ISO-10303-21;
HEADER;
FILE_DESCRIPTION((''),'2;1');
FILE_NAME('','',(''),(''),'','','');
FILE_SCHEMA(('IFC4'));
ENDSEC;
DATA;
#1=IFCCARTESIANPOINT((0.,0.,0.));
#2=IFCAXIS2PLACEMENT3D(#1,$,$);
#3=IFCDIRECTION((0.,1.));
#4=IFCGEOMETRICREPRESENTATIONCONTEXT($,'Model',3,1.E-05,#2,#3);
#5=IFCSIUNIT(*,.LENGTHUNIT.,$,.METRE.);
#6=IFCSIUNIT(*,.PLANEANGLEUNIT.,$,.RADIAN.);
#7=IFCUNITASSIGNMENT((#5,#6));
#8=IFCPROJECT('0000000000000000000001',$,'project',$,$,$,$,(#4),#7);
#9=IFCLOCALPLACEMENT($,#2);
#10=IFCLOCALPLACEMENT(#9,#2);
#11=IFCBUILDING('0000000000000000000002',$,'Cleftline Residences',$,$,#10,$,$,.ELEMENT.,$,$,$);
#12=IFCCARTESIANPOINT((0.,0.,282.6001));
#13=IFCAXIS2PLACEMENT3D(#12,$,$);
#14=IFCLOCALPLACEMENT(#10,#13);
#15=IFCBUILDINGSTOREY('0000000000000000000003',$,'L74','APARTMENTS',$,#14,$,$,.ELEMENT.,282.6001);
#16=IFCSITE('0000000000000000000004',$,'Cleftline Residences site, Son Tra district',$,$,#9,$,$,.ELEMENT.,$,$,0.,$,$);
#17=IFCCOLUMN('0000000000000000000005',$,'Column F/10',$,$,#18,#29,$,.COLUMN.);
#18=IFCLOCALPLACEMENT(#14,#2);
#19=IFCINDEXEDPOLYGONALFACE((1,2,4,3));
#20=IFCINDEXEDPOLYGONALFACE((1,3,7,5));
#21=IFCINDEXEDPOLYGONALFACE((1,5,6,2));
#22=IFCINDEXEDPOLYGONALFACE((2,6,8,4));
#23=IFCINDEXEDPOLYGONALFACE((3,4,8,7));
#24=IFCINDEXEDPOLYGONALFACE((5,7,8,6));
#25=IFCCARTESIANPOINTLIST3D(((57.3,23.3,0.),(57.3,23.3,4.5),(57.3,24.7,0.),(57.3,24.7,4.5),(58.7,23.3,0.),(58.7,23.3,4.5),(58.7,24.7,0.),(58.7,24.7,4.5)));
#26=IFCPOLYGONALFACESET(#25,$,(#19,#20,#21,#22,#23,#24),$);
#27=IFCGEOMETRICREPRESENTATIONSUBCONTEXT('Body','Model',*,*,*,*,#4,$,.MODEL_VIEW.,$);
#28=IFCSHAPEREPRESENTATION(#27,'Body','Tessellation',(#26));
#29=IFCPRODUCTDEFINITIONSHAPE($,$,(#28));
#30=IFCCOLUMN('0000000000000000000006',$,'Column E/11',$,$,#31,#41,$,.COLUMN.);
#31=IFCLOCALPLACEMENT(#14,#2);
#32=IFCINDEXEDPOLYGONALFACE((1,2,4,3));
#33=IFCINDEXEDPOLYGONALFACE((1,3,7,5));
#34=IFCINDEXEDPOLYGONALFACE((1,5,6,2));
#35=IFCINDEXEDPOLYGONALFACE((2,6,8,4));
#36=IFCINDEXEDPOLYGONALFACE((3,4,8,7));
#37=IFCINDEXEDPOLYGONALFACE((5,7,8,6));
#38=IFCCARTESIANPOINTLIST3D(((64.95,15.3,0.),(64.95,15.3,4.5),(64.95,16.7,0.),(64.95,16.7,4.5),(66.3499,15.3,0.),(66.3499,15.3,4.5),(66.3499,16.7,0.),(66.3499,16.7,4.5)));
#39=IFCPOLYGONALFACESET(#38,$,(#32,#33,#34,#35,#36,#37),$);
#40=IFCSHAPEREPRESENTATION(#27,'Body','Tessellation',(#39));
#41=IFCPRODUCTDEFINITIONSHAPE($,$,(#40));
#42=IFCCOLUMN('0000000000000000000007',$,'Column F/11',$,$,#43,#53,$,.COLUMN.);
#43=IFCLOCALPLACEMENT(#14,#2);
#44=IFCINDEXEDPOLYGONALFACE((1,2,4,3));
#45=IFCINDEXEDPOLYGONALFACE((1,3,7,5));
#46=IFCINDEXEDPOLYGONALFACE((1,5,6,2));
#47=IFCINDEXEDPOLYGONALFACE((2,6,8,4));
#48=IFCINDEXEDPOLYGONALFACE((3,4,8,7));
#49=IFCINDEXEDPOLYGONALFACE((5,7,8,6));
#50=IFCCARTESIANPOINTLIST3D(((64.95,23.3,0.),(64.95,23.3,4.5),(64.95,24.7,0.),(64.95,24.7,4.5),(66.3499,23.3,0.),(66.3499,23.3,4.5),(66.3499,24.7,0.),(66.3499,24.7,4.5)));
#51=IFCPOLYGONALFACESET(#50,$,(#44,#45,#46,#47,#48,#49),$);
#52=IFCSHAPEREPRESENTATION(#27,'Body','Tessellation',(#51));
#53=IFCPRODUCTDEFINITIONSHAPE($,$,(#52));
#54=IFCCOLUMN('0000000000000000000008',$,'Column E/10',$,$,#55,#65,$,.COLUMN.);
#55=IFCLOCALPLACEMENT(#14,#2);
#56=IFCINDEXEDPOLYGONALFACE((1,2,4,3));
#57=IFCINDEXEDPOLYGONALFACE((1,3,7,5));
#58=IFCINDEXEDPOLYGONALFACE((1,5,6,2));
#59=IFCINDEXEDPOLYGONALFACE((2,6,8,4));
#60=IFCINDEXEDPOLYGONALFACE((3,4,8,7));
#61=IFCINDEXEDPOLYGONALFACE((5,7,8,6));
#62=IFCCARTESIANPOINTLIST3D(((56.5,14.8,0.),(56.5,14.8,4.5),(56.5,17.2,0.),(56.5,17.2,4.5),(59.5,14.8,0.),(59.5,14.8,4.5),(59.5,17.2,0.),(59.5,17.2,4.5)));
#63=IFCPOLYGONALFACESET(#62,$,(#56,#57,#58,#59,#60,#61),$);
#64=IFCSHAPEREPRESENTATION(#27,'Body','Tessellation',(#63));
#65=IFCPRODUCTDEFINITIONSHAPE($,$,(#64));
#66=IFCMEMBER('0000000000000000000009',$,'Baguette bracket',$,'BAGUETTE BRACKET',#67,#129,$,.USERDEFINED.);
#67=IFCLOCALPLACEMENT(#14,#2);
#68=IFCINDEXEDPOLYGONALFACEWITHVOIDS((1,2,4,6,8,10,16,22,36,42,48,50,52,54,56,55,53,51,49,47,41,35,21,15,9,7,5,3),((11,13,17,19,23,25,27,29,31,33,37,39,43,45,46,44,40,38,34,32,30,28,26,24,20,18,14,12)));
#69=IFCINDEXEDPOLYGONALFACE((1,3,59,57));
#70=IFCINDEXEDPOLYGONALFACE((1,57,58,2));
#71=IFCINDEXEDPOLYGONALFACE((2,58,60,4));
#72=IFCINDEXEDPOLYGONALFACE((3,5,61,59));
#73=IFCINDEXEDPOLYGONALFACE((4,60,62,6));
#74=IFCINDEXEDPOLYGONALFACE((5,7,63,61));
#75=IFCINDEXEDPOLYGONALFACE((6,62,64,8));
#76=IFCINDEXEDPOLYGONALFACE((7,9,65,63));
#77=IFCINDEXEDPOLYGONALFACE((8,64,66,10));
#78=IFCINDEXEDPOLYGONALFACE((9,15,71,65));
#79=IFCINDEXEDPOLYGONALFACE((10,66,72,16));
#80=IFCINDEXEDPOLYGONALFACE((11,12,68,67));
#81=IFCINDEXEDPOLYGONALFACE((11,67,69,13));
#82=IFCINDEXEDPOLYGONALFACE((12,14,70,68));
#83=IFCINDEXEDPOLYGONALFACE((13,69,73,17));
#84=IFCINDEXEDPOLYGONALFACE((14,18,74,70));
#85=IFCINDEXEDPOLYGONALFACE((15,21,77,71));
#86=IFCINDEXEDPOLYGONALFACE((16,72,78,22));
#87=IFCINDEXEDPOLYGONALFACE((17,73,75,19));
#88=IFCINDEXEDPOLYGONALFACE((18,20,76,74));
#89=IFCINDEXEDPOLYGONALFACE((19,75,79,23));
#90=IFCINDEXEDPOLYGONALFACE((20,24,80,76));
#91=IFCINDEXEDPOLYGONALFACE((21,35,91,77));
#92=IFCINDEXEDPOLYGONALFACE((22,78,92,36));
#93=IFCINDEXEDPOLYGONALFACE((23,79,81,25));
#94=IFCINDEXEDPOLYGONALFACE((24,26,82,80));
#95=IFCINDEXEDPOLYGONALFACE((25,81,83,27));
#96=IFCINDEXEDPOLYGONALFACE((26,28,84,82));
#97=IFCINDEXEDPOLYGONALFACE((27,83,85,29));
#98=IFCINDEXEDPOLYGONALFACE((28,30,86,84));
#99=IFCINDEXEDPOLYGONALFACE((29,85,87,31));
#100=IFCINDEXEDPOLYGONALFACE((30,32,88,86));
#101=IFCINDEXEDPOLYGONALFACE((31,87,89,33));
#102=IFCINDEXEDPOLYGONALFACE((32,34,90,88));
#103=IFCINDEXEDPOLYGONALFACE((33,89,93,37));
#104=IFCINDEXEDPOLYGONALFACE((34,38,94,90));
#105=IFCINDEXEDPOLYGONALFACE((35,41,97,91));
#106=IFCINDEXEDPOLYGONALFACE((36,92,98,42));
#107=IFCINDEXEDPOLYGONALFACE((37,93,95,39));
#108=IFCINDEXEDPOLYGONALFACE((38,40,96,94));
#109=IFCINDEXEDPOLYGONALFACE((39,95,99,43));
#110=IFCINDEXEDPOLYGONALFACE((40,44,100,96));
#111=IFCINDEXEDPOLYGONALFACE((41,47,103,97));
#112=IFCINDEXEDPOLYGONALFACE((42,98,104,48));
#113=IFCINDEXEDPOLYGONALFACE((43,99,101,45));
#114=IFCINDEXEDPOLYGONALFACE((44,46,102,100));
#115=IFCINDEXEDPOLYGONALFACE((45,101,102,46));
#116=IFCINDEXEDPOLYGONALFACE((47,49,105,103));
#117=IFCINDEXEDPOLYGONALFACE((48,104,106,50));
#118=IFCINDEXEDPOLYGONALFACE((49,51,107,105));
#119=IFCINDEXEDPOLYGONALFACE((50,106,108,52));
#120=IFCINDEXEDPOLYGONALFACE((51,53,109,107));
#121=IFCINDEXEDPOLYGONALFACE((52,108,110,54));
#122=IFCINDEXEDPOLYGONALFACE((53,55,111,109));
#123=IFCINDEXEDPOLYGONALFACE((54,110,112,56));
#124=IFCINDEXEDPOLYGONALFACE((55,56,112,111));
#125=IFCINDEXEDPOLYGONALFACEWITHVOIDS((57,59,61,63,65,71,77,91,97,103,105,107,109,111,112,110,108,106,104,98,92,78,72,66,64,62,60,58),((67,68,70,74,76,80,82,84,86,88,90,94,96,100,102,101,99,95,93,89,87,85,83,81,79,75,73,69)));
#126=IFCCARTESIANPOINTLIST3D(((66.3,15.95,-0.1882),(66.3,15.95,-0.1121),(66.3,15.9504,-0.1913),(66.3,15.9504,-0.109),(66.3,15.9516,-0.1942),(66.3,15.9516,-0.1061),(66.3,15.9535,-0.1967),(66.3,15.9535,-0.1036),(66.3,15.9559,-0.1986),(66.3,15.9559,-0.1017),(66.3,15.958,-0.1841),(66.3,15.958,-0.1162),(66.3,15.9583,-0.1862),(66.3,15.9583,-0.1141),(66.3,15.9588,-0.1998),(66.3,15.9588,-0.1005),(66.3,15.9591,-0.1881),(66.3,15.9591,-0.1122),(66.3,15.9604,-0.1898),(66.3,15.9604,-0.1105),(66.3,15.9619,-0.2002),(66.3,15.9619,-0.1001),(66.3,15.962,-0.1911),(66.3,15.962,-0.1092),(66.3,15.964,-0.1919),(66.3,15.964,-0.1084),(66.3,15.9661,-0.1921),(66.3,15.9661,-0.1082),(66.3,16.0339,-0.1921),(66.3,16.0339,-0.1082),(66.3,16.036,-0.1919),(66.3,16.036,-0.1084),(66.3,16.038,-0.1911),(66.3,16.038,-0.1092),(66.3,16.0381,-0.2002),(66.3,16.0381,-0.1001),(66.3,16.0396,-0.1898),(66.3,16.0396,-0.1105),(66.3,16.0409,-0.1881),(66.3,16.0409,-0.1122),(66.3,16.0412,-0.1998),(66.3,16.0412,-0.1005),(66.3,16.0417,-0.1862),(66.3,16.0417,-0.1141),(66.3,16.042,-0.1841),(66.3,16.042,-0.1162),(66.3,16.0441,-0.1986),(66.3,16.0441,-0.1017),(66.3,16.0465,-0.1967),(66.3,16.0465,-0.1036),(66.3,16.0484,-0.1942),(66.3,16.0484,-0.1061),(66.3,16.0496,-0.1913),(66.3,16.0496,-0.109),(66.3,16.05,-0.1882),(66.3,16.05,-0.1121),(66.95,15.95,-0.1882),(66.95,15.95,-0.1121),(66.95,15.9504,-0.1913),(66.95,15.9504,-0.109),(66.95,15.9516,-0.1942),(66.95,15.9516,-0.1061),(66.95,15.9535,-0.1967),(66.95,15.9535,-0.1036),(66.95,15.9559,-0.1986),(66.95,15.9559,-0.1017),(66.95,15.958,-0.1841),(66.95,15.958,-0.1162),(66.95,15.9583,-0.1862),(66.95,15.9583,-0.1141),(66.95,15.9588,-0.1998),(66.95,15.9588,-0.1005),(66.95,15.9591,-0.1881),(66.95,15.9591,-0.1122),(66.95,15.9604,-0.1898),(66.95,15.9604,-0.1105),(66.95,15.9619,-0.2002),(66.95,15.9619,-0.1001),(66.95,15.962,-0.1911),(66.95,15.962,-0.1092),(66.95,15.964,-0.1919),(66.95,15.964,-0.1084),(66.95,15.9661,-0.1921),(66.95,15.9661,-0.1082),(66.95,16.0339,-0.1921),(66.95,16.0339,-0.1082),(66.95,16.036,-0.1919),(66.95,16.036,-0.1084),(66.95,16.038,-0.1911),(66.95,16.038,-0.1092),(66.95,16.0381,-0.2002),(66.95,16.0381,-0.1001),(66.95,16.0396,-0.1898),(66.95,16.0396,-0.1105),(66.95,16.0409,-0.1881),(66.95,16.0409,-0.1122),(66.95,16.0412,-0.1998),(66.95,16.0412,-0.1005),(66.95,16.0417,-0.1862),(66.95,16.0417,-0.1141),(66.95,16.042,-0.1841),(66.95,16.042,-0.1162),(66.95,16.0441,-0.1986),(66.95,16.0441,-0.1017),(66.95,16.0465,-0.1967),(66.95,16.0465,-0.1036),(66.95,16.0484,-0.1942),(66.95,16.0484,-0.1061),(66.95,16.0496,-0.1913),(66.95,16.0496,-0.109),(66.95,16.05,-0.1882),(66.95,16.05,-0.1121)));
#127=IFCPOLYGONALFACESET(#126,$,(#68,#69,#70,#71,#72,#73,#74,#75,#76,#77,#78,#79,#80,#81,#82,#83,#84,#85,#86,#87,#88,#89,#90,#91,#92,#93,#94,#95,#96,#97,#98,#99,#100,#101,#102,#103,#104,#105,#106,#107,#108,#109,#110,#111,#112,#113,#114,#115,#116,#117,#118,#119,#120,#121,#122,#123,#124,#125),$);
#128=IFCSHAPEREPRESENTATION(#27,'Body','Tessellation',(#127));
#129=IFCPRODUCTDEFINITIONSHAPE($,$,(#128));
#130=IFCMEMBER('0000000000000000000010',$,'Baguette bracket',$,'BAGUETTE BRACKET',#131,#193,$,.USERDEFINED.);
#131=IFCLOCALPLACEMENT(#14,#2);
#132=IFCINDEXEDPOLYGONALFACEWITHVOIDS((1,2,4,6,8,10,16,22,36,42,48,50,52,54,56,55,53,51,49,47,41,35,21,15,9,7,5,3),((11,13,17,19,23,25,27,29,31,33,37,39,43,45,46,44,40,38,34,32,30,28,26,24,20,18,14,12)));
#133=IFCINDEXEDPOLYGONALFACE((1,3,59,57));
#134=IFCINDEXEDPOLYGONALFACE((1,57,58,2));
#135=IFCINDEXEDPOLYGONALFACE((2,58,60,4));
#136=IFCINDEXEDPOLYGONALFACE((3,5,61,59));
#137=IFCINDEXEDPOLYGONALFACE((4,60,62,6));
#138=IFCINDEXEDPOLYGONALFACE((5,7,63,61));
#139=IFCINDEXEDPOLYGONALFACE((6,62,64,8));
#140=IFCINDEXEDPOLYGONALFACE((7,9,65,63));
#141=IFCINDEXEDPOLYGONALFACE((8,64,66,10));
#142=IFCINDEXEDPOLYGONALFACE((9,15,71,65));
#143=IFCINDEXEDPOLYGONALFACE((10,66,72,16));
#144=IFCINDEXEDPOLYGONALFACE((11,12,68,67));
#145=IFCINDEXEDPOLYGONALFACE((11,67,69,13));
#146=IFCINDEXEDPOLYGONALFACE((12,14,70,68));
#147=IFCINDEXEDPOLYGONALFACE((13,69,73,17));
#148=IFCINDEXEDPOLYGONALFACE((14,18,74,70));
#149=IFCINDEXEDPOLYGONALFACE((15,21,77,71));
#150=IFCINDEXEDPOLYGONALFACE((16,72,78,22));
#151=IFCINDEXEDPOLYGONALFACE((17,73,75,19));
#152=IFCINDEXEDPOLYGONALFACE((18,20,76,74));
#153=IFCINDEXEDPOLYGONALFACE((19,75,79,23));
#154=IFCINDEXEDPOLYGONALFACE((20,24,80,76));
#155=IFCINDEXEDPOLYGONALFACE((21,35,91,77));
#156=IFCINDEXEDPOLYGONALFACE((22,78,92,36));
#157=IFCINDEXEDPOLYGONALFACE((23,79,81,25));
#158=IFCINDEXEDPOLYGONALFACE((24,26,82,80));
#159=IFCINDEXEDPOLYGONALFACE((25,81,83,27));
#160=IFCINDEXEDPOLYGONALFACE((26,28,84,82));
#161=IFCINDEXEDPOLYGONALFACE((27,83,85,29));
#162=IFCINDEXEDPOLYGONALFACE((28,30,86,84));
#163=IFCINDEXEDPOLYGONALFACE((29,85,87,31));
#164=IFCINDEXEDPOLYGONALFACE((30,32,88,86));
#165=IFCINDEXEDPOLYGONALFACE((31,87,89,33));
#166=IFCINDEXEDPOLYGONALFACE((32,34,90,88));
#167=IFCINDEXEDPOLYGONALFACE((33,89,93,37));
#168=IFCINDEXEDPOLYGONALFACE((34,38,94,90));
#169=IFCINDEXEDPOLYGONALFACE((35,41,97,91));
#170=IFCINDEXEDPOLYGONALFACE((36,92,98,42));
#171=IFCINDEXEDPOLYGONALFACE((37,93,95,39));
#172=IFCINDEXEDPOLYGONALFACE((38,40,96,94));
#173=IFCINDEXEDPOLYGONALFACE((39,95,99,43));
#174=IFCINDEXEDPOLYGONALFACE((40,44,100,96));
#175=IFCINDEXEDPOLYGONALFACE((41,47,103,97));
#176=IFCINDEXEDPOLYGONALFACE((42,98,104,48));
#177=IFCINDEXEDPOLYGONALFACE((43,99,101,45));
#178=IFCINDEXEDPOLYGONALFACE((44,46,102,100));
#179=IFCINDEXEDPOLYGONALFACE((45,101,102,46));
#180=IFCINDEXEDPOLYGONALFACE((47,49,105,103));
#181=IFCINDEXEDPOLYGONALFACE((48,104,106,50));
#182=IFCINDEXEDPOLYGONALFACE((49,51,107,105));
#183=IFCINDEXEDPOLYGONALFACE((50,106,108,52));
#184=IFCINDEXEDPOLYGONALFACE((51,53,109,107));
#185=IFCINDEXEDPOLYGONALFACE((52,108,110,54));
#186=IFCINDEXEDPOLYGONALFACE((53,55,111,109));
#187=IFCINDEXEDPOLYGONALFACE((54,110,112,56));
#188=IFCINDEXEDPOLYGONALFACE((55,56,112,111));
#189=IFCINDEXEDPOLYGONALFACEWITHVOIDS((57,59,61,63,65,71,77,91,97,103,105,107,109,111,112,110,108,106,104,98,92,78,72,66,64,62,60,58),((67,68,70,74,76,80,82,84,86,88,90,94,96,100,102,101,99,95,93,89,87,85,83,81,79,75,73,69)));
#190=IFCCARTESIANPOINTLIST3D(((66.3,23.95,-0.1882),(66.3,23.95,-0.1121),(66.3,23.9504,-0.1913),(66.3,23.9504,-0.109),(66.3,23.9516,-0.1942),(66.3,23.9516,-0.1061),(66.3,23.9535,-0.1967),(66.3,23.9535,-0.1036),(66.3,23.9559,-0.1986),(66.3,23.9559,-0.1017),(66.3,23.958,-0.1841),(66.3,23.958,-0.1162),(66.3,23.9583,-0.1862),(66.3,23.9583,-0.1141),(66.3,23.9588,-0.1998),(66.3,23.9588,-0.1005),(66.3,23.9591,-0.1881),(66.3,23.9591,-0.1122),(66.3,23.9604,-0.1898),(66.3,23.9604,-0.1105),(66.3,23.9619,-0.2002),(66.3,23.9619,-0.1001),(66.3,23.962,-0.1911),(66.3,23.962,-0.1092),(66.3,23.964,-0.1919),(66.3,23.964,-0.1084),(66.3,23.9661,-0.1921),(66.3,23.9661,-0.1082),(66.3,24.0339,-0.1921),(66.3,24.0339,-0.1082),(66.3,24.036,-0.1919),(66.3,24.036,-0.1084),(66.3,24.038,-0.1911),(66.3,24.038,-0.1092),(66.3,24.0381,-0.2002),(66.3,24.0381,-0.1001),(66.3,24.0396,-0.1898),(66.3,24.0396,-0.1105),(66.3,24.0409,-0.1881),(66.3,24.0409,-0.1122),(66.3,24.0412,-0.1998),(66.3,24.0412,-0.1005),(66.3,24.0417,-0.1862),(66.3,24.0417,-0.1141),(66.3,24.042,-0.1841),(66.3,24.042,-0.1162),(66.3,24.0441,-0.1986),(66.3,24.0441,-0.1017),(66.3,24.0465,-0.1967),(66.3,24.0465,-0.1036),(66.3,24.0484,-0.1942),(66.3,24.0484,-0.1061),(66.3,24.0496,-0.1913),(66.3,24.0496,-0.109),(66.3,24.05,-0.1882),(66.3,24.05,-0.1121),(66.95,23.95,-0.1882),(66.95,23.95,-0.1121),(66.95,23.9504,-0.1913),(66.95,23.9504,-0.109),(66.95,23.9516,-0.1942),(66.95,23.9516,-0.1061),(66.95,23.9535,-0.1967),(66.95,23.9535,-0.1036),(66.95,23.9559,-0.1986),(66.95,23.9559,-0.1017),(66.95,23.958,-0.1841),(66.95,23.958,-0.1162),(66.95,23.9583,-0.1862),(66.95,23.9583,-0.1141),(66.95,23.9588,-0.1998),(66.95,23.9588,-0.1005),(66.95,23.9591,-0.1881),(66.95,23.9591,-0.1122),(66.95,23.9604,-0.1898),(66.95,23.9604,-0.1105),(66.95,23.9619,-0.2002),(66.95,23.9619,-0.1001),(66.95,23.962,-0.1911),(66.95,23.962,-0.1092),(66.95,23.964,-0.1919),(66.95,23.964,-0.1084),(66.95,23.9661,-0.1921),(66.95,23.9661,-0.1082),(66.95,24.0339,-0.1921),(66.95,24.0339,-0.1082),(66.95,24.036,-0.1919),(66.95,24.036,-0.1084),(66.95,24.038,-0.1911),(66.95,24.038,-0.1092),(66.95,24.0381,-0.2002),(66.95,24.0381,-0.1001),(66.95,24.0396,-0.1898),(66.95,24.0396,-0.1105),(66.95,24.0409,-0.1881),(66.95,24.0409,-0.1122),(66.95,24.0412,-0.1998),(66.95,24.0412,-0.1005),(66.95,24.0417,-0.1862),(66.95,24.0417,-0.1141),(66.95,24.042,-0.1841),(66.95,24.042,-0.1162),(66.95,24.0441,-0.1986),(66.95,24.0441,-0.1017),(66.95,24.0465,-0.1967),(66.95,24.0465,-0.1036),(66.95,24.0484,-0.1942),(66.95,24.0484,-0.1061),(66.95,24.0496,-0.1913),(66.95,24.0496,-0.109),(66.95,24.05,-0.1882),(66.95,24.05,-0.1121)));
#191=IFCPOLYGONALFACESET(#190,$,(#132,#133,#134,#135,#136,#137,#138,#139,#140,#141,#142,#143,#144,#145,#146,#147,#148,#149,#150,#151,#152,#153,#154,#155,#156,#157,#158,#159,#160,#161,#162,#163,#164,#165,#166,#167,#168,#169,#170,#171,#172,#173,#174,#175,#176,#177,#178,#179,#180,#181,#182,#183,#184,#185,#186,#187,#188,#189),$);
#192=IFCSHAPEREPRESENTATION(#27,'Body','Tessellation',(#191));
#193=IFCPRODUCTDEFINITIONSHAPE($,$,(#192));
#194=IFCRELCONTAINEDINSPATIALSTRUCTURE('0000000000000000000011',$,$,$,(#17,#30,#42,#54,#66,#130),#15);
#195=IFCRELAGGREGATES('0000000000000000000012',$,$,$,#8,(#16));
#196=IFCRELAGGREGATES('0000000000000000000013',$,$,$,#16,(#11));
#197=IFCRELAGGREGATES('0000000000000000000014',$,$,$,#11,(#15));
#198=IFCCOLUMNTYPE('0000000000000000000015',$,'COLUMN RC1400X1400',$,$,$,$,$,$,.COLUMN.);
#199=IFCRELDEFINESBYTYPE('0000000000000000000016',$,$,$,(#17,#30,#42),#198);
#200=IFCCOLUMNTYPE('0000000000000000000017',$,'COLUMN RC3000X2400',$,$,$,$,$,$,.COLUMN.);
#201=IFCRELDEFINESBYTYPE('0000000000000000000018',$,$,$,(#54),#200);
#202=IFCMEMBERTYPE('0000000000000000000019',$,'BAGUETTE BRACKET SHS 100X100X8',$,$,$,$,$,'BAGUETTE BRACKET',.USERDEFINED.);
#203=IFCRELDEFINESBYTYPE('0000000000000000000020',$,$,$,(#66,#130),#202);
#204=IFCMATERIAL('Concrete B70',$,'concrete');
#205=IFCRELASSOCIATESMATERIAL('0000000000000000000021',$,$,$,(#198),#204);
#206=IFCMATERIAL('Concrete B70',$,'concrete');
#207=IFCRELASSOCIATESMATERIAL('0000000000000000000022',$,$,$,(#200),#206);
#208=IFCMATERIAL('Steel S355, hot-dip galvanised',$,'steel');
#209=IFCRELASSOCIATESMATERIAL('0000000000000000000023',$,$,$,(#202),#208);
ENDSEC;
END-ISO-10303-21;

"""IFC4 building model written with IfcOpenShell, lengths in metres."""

from ifc_helpers import new_model, si_unit, direction, frame, origin, origin_2d, place, context, subcontext, project, spatial, rectangle, hollow_rectangle, extrude, material, material_profile, profile_set, type_object, element, save


model = new_model("IFC4")

# Units and contexts
model_context = context("Model", 3, precision=1e-05, world=origin(), true_north=direction((0.0, 1.0)))
body_context = subcontext(model_context, "Body", "Model", "MODEL_VIEW")
ifc_project = project(units=[si_unit("LENGTHUNIT", "METRE"), si_unit("PLANEANGLEUNIT", "RADIAN")], contexts=[model_context])

# Site, building, storey
site_placement = place(None, origin())
site = spatial("IfcSite", under=ifc_project, at=site_placement, Name="Cleftline Residences site, Son Tra district", CompositionType="ELEMENT", RefElevation=0.0)
building_placement = place(site_placement, origin())
building = spatial("IfcBuilding", under=site, at=building_placement, Name="Cleftline Residences", CompositionType="ELEMENT")
storey_placement = place(building_placement, frame((0.0, 0.0, 282.6001)))
storey = spatial("IfcBuildingStorey", under=building, at=storey_placement, Name="L74", Description="APARTMENTS", CompositionType="ELEMENT", Elevation=282.6001)

# Columns
ifc_material_1 = material(Name="Concrete B70", Category="concrete")
ifc_material_profile_1 = material_profile(ifc_material_1, rectangle(XDim=1.3999, YDim=1.3999, at=origin_2d()))
ifc_profile_set_1 = profile_set([ifc_material_profile_1], Name="Concrete B70")
column_type_1 = type_object("IfcColumnType", Name="COLUMN RC1400X1400", PredefinedType="COLUMN", material=ifc_profile_set_1)
for number, where, z_axis, x_axis, name in (
    (1, (58.0, 24.0, 0.0), (0.0, 0.0, 1.0), (1.0, 0.0, 0.0), "Column F/10"),
    (2, (65.6499, 16.0, 0.0), (0.0, 0.0, 1.0), (1.0, 0.0, 0.0), "Column E/11"),
    (3, (65.6499, 24.0, 0.0), (0.0, 0.0, 1.0), (1.0, 0.0, 0.0), "Column F/11"),
):
    element("IfcColumn", number, at=place(storey_placement, frame(where, z_axis=z_axis, x_axis=x_axis)), inside=storey, type_object=column_type_1, Name=name, PredefinedType="COLUMN", context=body_context, shape_type="SweptSolid", body=[
        extrude(rectangle(XDim=1.3999, YDim=1.3999, at=origin_2d()), origin(), (0.0, 0.0, 1.0), 4.5),
    ])
ifc_material_2 = material(Name="Concrete B70", Category="concrete")
ifc_material_profile_2 = material_profile(ifc_material_2, rectangle(XDim=3.0, YDim=2.3999, at=origin_2d()))
ifc_profile_set_2 = profile_set([ifc_material_profile_2], Name="Concrete B70")
column_type_2 = type_object("IfcColumnType", Name="COLUMN RC3000X2400", PredefinedType="COLUMN", material=ifc_profile_set_2)
column_placement = place(storey_placement, frame((58.0, 16.0, 0.0), z_axis=(0.0, 0.0, 1.0), x_axis=(1.0, 0.0, 0.0)))
element("IfcColumn", 4, at=column_placement, inside=storey, type_object=column_type_2, Name="Column E/10", PredefinedType="COLUMN", context=body_context, shape_type="SweptSolid", body=[
    extrude(rectangle(XDim=3.0, YDim=2.3999, at=origin_2d()), origin(), (0.0, 0.0, 1.0), 4.5),
])

# Members
ifc_material_3 = material(Name="Steel S355, hot-dip galvanised", Category="steel")
ifc_material_profile_3 = material_profile(ifc_material_3, hollow_rectangle(XDim=0.1001, YDim=0.1001, WallThickness=0.0081, InnerFilletRadius=0.0081, OuterFilletRadius=0.012, at=origin_2d()))
ifc_profile_set_3 = profile_set([ifc_material_profile_3], Name="Steel S355, hot-dip galvanised")
member_type_1 = type_object("IfcMemberType", Name="BAGUETTE BRACKET SHS 100X100X8", ElementType="BAGUETTE BRACKET", PredefinedType="USERDEFINED", material=ifc_profile_set_3)
for number, where, z_axis, x_axis, name in (
    (5, (66.3, 16.0, -0.1501), (1.0, 0.0, 0.0), (0.0, 1.0, 0.0), "Baguette bracket"),
    (6, (66.3, 24.0, -0.1501), (1.0, 0.0, 0.0), (0.0, 1.0, 0.0), "Baguette bracket"),
):
    element("IfcMember", number, at=place(storey_placement, frame(where, z_axis=z_axis, x_axis=x_axis)), inside=storey, type_object=member_type_1, Name=name, ObjectType="BAGUETTE BRACKET", PredefinedType="USERDEFINED", context=body_context, shape_type="SweptSolid", body=[
        extrude(hollow_rectangle(XDim=0.1001, YDim=0.1001, WallThickness=0.0081, InnerFilletRadius=0.0081, OuterFilletRadius=0.012, at=origin_2d()), origin(), (0.0, 0.0, 1.0), 0.6499),
    ])

save(model, "model.ifc")
